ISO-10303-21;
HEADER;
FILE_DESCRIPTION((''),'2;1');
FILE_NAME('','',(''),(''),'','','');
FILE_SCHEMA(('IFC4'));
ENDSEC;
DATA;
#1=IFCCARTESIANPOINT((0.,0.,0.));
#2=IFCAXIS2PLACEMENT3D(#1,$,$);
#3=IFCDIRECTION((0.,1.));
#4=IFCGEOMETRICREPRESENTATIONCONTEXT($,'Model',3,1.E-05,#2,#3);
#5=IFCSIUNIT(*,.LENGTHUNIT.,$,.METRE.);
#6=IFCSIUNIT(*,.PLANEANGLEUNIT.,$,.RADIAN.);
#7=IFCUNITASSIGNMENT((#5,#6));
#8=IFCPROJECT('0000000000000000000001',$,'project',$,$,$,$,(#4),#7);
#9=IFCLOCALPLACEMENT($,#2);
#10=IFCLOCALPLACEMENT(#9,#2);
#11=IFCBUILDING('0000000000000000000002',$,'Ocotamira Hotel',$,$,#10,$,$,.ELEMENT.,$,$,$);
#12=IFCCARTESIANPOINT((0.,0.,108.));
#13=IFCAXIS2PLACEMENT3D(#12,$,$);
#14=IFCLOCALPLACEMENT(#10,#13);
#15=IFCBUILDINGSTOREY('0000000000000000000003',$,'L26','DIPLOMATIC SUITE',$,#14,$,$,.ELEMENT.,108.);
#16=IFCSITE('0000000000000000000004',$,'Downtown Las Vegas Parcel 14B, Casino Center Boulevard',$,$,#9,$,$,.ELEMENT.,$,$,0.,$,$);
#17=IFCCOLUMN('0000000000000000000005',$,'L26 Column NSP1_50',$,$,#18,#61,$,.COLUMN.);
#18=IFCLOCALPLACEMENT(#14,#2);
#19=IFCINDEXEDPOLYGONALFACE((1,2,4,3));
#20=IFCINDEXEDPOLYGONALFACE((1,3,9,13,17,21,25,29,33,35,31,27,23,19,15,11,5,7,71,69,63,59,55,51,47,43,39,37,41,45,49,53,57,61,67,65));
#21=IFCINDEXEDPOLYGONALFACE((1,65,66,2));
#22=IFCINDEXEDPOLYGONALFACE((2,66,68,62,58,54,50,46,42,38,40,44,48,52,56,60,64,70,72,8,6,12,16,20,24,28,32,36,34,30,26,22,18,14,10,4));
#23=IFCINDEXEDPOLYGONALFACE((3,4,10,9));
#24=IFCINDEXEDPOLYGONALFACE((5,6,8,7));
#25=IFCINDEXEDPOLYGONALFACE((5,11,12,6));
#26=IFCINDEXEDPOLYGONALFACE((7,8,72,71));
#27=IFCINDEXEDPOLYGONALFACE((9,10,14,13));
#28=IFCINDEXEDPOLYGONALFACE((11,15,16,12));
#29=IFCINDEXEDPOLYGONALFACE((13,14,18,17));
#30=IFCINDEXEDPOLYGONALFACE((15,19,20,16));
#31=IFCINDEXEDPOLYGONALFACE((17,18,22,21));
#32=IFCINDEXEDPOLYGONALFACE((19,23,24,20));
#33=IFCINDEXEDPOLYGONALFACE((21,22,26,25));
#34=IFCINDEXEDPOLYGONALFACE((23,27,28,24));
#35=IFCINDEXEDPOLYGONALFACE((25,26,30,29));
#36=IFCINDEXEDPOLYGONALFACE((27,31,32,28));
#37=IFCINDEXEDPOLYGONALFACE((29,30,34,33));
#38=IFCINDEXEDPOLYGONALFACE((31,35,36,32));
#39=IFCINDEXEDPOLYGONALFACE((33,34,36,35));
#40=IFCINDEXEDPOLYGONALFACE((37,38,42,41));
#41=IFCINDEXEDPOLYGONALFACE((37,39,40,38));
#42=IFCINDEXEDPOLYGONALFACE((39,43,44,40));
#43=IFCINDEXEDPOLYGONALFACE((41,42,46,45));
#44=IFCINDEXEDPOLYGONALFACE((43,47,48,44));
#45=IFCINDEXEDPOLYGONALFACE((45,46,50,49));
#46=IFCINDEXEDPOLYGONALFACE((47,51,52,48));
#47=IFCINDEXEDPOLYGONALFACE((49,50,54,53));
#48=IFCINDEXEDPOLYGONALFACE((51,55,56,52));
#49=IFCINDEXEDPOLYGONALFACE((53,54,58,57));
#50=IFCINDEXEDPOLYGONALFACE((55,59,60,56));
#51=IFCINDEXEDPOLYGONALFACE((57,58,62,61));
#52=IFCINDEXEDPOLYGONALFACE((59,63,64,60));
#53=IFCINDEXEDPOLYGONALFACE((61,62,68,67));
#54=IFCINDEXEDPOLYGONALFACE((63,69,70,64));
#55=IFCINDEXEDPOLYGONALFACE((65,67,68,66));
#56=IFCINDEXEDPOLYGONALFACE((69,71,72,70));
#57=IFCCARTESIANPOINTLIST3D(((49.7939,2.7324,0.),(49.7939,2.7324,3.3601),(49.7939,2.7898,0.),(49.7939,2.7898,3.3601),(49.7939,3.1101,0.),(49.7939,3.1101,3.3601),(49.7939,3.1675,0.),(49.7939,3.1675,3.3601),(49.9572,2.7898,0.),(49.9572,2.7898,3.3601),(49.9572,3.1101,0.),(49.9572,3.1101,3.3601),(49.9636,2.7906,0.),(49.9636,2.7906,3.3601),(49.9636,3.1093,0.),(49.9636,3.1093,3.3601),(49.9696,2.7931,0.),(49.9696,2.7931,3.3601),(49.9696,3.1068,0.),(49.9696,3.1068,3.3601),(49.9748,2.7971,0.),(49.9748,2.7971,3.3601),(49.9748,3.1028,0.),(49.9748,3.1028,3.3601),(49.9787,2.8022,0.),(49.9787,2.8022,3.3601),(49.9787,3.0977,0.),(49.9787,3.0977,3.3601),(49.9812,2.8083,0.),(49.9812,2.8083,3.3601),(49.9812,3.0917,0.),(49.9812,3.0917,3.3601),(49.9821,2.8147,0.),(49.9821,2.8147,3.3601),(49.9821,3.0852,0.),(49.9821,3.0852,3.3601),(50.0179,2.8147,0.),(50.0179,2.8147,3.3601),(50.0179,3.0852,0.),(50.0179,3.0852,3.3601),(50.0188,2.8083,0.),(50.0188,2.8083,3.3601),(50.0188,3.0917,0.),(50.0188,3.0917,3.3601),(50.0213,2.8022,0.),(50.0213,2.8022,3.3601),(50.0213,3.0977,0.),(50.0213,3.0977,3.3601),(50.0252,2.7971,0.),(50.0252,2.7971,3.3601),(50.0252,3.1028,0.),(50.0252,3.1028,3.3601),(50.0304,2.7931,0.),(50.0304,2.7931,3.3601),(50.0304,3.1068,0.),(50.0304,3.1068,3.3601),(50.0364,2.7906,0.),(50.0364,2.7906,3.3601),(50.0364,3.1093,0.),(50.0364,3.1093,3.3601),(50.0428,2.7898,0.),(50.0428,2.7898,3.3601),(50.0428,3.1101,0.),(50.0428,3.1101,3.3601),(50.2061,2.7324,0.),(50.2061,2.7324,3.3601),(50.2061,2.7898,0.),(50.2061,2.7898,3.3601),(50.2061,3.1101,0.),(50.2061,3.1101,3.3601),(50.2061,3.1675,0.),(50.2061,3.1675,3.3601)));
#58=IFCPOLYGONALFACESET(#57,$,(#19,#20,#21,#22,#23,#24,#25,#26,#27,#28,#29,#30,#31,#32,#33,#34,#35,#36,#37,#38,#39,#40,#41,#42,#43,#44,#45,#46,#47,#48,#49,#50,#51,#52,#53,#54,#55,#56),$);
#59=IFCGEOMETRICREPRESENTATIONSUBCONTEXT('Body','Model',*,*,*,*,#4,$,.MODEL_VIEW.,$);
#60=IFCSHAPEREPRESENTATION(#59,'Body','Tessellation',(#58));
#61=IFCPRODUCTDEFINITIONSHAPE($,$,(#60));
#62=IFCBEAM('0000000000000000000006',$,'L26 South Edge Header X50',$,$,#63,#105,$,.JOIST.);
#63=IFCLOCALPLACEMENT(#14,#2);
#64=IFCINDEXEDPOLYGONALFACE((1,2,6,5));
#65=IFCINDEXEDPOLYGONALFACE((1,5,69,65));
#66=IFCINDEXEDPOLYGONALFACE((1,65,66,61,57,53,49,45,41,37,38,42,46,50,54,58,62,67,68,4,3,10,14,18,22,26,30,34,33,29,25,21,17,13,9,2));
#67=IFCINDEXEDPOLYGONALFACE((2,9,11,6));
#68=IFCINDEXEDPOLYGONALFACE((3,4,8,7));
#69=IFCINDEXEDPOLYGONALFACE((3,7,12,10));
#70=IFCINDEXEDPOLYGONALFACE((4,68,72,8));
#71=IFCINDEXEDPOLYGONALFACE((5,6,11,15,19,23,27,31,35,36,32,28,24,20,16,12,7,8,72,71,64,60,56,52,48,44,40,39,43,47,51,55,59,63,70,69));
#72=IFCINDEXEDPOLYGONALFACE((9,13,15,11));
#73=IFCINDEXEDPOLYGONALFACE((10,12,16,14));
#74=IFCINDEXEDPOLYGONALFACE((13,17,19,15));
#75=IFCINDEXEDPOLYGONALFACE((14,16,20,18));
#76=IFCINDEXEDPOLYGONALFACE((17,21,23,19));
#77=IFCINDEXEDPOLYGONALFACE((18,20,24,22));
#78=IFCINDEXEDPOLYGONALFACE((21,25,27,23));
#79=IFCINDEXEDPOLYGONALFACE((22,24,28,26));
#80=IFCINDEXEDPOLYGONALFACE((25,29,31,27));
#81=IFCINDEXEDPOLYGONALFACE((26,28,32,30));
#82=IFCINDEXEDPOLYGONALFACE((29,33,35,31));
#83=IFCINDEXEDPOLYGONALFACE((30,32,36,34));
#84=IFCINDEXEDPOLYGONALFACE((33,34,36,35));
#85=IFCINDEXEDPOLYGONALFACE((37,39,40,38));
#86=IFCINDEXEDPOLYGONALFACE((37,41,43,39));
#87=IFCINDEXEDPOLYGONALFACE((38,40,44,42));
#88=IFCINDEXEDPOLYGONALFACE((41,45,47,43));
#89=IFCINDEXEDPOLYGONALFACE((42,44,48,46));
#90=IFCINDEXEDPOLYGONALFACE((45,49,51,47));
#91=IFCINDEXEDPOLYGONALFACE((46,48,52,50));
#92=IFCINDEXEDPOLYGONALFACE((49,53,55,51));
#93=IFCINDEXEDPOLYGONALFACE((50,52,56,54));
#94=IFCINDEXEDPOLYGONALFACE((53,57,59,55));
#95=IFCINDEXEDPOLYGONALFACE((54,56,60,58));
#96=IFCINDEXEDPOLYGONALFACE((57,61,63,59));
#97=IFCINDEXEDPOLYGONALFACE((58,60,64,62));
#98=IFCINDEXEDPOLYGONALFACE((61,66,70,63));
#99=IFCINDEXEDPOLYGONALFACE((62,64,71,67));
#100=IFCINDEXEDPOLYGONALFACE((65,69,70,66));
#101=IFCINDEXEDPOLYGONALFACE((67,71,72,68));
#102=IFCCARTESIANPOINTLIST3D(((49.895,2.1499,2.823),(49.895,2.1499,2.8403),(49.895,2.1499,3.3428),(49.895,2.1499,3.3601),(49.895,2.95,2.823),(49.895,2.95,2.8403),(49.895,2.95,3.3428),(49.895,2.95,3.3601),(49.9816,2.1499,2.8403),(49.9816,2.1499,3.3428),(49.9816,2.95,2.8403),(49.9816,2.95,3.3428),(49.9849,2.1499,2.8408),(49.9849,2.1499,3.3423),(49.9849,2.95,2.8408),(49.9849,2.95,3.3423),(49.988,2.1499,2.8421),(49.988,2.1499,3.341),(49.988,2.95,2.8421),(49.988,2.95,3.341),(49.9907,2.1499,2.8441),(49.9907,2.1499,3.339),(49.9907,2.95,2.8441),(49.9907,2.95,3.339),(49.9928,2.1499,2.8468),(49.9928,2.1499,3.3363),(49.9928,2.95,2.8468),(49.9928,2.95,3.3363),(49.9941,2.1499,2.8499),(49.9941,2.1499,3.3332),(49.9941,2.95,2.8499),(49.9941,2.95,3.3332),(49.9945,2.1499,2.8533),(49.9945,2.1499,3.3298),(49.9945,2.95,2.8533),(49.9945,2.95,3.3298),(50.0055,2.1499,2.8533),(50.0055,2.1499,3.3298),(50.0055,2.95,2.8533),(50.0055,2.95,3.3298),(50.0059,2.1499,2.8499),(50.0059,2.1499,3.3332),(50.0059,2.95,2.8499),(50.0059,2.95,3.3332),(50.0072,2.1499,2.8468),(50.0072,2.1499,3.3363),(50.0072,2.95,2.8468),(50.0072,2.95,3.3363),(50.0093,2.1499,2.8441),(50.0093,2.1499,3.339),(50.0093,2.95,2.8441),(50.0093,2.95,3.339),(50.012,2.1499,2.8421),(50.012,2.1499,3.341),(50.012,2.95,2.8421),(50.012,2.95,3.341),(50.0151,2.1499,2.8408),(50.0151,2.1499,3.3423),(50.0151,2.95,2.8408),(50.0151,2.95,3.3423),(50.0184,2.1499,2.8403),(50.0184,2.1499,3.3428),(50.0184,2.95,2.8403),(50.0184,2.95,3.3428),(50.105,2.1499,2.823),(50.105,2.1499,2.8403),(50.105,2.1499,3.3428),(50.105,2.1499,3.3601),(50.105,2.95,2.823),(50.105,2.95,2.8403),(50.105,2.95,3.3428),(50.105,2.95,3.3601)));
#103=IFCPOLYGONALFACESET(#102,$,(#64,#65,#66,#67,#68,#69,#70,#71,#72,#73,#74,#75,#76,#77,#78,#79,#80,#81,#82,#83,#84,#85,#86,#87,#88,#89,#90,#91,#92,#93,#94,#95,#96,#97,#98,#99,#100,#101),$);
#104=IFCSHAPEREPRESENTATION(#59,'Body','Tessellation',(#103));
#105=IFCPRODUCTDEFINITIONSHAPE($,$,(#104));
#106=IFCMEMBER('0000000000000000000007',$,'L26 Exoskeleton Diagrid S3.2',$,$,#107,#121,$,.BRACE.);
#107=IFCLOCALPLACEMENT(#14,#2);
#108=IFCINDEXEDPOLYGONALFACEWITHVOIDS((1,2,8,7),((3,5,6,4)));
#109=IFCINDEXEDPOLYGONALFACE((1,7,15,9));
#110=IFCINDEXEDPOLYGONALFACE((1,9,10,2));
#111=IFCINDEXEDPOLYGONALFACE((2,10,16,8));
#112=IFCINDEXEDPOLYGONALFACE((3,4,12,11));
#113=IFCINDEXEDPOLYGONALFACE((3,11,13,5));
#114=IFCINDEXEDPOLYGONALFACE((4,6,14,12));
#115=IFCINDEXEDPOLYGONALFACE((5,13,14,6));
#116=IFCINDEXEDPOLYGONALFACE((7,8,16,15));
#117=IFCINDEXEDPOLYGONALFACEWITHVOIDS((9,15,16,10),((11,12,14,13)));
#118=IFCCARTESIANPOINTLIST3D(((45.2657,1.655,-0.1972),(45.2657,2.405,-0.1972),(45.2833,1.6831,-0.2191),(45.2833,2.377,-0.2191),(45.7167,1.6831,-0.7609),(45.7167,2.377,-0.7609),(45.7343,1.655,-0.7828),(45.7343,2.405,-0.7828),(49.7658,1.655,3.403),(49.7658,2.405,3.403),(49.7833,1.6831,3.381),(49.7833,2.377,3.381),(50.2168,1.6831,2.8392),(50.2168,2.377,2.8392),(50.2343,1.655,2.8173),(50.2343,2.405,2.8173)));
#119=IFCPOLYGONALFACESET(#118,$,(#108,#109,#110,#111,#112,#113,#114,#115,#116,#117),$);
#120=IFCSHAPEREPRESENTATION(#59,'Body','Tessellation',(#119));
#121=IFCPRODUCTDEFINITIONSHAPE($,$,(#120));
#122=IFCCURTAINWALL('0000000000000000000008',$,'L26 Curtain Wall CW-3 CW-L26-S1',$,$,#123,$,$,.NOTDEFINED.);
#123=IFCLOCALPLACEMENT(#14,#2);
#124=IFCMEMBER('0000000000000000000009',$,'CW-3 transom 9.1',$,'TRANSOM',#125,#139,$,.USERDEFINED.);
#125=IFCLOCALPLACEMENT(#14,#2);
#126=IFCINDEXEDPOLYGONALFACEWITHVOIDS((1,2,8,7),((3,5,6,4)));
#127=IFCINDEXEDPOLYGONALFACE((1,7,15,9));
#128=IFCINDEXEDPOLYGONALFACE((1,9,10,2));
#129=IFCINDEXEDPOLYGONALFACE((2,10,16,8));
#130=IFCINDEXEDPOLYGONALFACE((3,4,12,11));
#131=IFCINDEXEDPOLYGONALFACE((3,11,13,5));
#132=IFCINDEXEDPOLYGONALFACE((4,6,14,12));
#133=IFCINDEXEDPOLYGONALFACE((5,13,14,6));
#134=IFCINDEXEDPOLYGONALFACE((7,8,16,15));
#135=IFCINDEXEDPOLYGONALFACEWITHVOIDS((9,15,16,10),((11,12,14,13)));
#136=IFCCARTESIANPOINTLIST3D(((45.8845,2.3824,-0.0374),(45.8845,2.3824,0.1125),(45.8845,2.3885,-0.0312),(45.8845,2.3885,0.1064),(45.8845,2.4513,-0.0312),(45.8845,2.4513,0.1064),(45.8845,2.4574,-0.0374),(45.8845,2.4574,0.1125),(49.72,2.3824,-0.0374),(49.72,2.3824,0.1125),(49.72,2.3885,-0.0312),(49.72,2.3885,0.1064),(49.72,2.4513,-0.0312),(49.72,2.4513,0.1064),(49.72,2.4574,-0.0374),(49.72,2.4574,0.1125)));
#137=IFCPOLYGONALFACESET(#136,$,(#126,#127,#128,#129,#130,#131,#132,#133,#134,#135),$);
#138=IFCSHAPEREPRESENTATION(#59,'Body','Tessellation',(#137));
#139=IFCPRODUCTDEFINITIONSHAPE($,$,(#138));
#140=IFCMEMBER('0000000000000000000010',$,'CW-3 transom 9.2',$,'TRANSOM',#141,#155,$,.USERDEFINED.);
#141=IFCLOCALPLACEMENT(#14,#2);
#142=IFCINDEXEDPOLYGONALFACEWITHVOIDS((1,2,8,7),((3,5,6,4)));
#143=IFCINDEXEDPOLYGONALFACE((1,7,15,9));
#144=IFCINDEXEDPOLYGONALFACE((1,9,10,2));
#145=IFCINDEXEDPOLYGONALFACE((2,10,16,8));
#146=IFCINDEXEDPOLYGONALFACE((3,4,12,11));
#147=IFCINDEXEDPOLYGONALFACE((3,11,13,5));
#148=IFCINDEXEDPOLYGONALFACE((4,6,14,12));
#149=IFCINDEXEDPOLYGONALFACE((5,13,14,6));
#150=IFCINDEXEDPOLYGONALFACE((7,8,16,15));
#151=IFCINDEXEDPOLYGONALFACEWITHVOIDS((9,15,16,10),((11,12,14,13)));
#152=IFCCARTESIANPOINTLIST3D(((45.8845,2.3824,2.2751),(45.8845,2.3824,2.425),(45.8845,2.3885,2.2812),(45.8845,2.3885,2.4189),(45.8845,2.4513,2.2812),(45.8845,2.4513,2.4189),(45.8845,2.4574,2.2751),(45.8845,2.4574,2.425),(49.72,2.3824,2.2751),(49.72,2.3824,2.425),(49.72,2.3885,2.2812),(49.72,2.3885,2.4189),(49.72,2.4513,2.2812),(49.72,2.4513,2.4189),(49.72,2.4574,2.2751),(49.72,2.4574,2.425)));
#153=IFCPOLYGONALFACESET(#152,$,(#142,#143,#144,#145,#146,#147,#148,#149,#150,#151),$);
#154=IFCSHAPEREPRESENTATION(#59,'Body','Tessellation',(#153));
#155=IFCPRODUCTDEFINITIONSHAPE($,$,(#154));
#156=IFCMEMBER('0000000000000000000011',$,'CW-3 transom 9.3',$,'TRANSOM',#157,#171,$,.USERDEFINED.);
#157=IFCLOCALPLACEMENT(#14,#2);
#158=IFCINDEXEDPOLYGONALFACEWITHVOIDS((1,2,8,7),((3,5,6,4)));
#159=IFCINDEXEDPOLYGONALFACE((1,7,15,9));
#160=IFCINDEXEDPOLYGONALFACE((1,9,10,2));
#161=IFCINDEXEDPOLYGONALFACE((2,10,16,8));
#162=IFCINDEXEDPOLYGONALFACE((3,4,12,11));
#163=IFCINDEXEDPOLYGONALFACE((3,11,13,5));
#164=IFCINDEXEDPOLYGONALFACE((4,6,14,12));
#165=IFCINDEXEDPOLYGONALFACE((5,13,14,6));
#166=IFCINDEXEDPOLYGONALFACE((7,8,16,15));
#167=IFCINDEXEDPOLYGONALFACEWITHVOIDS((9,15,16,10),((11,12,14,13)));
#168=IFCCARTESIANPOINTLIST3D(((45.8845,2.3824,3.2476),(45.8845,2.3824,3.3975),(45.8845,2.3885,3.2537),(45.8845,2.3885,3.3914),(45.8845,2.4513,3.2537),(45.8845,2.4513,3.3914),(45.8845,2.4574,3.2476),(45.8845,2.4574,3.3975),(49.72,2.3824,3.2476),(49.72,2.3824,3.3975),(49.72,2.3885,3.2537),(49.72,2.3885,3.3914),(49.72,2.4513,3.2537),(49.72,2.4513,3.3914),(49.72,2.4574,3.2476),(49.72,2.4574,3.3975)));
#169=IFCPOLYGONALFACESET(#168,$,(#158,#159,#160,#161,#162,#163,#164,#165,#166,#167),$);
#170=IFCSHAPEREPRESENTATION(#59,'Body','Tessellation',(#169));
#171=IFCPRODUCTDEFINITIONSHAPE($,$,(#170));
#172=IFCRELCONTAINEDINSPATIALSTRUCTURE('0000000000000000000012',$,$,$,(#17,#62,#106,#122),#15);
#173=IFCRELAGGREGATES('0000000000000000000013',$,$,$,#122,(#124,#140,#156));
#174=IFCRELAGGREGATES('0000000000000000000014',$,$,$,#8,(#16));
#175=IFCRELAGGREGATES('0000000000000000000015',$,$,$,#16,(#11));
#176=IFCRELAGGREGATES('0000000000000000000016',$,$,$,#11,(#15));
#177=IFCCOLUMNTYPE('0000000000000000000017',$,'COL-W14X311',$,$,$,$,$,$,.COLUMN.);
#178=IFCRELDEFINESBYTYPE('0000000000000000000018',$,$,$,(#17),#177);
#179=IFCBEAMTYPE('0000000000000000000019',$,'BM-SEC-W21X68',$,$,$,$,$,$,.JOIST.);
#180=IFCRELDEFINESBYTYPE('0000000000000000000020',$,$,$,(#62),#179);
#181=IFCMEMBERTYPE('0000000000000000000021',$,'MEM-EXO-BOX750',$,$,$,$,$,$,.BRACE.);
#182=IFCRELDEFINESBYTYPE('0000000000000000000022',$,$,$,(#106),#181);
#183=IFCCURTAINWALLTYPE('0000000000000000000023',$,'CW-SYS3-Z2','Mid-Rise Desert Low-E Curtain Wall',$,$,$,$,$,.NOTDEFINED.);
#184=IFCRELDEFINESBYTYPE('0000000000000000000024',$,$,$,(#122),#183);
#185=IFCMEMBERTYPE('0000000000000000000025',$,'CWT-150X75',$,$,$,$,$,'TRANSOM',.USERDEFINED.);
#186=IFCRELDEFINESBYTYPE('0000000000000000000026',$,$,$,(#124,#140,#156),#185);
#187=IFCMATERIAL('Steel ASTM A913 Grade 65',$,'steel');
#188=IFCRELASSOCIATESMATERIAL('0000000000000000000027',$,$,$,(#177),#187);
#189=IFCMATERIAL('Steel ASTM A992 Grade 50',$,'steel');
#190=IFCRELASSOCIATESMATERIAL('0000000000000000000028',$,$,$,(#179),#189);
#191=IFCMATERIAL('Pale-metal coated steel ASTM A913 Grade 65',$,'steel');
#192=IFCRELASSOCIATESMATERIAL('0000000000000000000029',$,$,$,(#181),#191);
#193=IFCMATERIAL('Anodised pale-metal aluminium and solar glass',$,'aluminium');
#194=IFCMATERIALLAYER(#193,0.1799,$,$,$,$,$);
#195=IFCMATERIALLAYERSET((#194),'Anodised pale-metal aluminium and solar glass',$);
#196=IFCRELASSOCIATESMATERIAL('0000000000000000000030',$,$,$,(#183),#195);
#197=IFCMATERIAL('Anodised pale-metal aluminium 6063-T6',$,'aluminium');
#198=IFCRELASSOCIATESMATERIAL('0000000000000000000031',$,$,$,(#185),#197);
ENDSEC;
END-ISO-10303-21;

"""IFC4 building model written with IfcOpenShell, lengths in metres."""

from ifc_helpers import new_model, si_unit, direction, frame, origin, origin_2d, place, context, subcontext, project, spatial, hollow_rectangle, i_section, extrude, source, transform, mapped, material, layer, layer_set, material_profile, profile_set, type_object, element, aggregate, save


model = new_model("IFC4")

# Units and contexts
model_context = context("Model", 3, precision=1e-05, world=origin(), true_north=direction((0.0, 1.0)))
body_context = subcontext(model_context, "Body", "Model", "MODEL_VIEW")
ifc_project = project(units=[si_unit("LENGTHUNIT", "METRE"), si_unit("PLANEANGLEUNIT", "RADIAN")], contexts=[model_context])

# Site, building, storey
site_placement = place(None, origin())
site = spatial("IfcSite", under=ifc_project, at=site_placement, Name="Downtown Las Vegas Parcel 14B, Casino Center Boulevard", CompositionType="ELEMENT", RefElevation=0.0)
building_placement = place(site_placement, origin())
building = spatial("IfcBuilding", under=site, at=building_placement, Name="Ocotamira Hotel", CompositionType="ELEMENT")
storey_placement = place(building_placement, frame((0.0, 0.0, 108.0)))
storey = spatial("IfcBuildingStorey", under=building, at=storey_placement, Name="L26", Description="DIPLOMATIC SUITE", CompositionType="ELEMENT", Elevation=108.0)

# Column
ifc_material_1 = material(Name="Steel ASTM A913 Grade 65", Category="steel")
ifc_material_profile_1 = material_profile(ifc_material_1, i_section(OverallWidth=0.4121, OverallDepth=0.4351, WebThickness=0.0359, FlangeThickness=0.0574, FilletRadius=0.0249, at=origin_2d()), Name="W14X311")
ifc_profile_set_1 = profile_set([ifc_material_profile_1], Name="Steel ASTM A913 Grade 65")
column_type = type_object("IfcColumnType", Name="COL-W14X311", PredefinedType="COLUMN", material=ifc_profile_set_1)
shared_shape_1 = source(origin(), body_context, "Body", "SweptSolid", [
    extrude(i_section(OverallWidth=0.4121, OverallDepth=0.4351, WebThickness=0.0359, FlangeThickness=0.0574, FilletRadius=0.0249, at=origin_2d()), origin(), (0.0, 0.0, 1.0), 3.3601),
])
column_placement = place(storey_placement, frame((50.0, 2.95, 0.0), z_axis=(0.0, 0.0, 1.0), x_axis=(1.0, 0.0, 0.0)))
element("IfcColumn", 1, at=column_placement, inside=storey, type_object=column_type, Name="L26 Column NSP1_50", PredefinedType="COLUMN", context=body_context, shape_type="MappedRepresentation", body=[
    mapped(shared_shape_1, transform((0.0, 0.0, 0.0), scale=1.0)),
])

# Beam
ifc_material_2 = material(Name="Steel ASTM A992 Grade 50", Category="steel")
ifc_material_profile_2 = material_profile(ifc_material_2, i_section(OverallWidth=0.21, OverallDepth=0.5371, WebThickness=0.011, FlangeThickness=0.0173, FilletRadius=0.0129, at=origin_2d()), Name="W21X68")
ifc_profile_set_2 = profile_set([ifc_material_profile_2], Name="Steel ASTM A992 Grade 50")
beam_type = type_object("IfcBeamType", Name="BM-SEC-W21X68", PredefinedType="JOIST", material=ifc_profile_set_2)
shared_shape_2 = source(origin(), body_context, "Body", "SweptSolid", [
    extrude(i_section(OverallWidth=0.21, OverallDepth=0.5371, WebThickness=0.011, FlangeThickness=0.0173, FilletRadius=0.0129, at=origin_2d()), origin(), (0.0, 0.0, 1.0), 0.8),
])
beam_placement = place(storey_placement, frame((50.0, 2.95, 3.0916), z_axis=(0.0, -1.0, 0.0), x_axis=(1.0, 0.0, 0.0)))
element("IfcBeam", 2, at=beam_placement, inside=storey, type_object=beam_type, Name="L26 South Edge Header X50", PredefinedType="JOIST", context=body_context, shape_type="MappedRepresentation", body=[
    mapped(shared_shape_2, transform((0.0, 0.0, 0.0), scale=1.0)),
])

# Member
ifc_material_3 = material(Name="Pale-metal coated steel ASTM A913 Grade 65", Category="steel")
ifc_material_profile_3 = material_profile(ifc_material_3, hollow_rectangle(XDim=0.75, YDim=0.75, WallThickness=0.0281, at=origin_2d()), Name="BOX750X750X28")
ifc_profile_set_3 = profile_set([ifc_material_profile_3], Name="Pale-metal coated steel ASTM A913 Grade 65")
member_type_1 = type_object("IfcMemberType", Name="MEM-EXO-BOX750", PredefinedType="BRACE", material=ifc_profile_set_3)
shared_shape_3 = source(origin(), body_context, "Body", "SweptSolid", [
    extrude(hollow_rectangle(XDim=0.75, YDim=0.75, WallThickness=0.0281, at=origin_2d()), origin(), (0.0, 0.0, 1.0), 5.7629),
])
member_1_placement = place(storey_placement, frame((45.5, 2.03, -0.49), z_axis=(0.780861, 0.0, 0.624705), x_axis=(0.0, 1.0, 0.0)))
element("IfcMember", 3, at=member_1_placement, inside=storey, type_object=member_type_1, Name="L26 Exoskeleton Diagrid S3.2", PredefinedType="BRACE", context=body_context, shape_type="MappedRepresentation", body=[
    mapped(shared_shape_3, transform((0.0, 0.0, 0.0), scale=1.0)),
])

# Curtain wall, members
ifc_material_4 = material(Name="Anodised pale-metal aluminium and solar glass", Category="aluminium")
ifc_layer_1 = layer(ifc_material_4, 0.1799)
ifc_layer_set_1 = layer_set([ifc_layer_1], Name="Anodised pale-metal aluminium and solar glass")
curtain_wall_type = type_object("IfcCurtainWallType", Name="CW-SYS3-Z2", Description="Mid-Rise Desert Low-E Curtain Wall", PredefinedType="NOTDEFINED", material=ifc_layer_set_1)
curtain_wall_placement = place(storey_placement, origin())
curtain_wall = element("IfcCurtainWall", 4, at=curtain_wall_placement, inside=storey, type_object=curtain_wall_type, Name="L26 Curtain Wall CW-3 CW-L26-S1", PredefinedType="NOTDEFINED")
ifc_material_5 = material(Name="Anodised pale-metal aluminium 6063-T6", Category="aluminium")
ifc_material_profile_4 = material_profile(ifc_material_5, hollow_rectangle(XDim=0.075, YDim=0.1499, WallThickness=0.0061, at=origin_2d()), Name="HSS150X75X6")
ifc_profile_set_4 = profile_set([ifc_material_profile_4], Name="Anodised pale-metal aluminium 6063-T6")
member_type_2 = type_object("IfcMemberType", Name="CWT-150X75", ElementType="TRANSOM", PredefinedType="USERDEFINED", material=ifc_profile_set_4)
shared_shape_4 = source(origin(), body_context, "Body", "SweptSolid", [
    extrude(hollow_rectangle(XDim=0.075, YDim=0.1499, WallThickness=0.0061, at=origin_2d()), origin(), (0.0, 0.0, 1.0), 3.8354),
])
member_2_placement = place(storey_placement, frame((45.8845, 2.4199, 0.0376), z_axis=(1.0, 0.0, 0.0), x_axis=(0.0, 1.0, 0.0)))
member_2 = element("IfcMember", 5, at=member_2_placement, type_object=member_type_2, Name="CW-3 transom 9.1", ObjectType="TRANSOM", PredefinedType="USERDEFINED", context=body_context, shape_type="MappedRepresentation", body=[
    mapped(shared_shape_4, transform((0.0, 0.0, 0.0), scale=1.0)),
])
member_3_placement = place(storey_placement, frame((45.8845, 2.4199, 2.3501), z_axis=(1.0, 0.0, 0.0), x_axis=(0.0, 1.0, 0.0)))
member_3 = element("IfcMember", 6, at=member_3_placement, type_object=member_type_2, Name="CW-3 transom 9.2", ObjectType="TRANSOM", PredefinedType="USERDEFINED", context=body_context, shape_type="MappedRepresentation", body=[
    mapped(shared_shape_4, transform((0.0, 0.0, 0.0), scale=1.0)),
])
member_4_placement = place(storey_placement, frame((45.8845, 2.4199, 3.3225), z_axis=(1.0, 0.0, 0.0), x_axis=(0.0, 1.0, 0.0)))
member_4 = element("IfcMember", 7, at=member_4_placement, type_object=member_type_2, Name="CW-3 transom 9.3", ObjectType="TRANSOM", PredefinedType="USERDEFINED", context=body_context, shape_type="MappedRepresentation", body=[
    mapped(shared_shape_4, transform((0.0, 0.0, 0.0), scale=1.0)),
])

aggregate(curtain_wall, [member_2, member_3, member_4])

save(model, "model.ifc")
